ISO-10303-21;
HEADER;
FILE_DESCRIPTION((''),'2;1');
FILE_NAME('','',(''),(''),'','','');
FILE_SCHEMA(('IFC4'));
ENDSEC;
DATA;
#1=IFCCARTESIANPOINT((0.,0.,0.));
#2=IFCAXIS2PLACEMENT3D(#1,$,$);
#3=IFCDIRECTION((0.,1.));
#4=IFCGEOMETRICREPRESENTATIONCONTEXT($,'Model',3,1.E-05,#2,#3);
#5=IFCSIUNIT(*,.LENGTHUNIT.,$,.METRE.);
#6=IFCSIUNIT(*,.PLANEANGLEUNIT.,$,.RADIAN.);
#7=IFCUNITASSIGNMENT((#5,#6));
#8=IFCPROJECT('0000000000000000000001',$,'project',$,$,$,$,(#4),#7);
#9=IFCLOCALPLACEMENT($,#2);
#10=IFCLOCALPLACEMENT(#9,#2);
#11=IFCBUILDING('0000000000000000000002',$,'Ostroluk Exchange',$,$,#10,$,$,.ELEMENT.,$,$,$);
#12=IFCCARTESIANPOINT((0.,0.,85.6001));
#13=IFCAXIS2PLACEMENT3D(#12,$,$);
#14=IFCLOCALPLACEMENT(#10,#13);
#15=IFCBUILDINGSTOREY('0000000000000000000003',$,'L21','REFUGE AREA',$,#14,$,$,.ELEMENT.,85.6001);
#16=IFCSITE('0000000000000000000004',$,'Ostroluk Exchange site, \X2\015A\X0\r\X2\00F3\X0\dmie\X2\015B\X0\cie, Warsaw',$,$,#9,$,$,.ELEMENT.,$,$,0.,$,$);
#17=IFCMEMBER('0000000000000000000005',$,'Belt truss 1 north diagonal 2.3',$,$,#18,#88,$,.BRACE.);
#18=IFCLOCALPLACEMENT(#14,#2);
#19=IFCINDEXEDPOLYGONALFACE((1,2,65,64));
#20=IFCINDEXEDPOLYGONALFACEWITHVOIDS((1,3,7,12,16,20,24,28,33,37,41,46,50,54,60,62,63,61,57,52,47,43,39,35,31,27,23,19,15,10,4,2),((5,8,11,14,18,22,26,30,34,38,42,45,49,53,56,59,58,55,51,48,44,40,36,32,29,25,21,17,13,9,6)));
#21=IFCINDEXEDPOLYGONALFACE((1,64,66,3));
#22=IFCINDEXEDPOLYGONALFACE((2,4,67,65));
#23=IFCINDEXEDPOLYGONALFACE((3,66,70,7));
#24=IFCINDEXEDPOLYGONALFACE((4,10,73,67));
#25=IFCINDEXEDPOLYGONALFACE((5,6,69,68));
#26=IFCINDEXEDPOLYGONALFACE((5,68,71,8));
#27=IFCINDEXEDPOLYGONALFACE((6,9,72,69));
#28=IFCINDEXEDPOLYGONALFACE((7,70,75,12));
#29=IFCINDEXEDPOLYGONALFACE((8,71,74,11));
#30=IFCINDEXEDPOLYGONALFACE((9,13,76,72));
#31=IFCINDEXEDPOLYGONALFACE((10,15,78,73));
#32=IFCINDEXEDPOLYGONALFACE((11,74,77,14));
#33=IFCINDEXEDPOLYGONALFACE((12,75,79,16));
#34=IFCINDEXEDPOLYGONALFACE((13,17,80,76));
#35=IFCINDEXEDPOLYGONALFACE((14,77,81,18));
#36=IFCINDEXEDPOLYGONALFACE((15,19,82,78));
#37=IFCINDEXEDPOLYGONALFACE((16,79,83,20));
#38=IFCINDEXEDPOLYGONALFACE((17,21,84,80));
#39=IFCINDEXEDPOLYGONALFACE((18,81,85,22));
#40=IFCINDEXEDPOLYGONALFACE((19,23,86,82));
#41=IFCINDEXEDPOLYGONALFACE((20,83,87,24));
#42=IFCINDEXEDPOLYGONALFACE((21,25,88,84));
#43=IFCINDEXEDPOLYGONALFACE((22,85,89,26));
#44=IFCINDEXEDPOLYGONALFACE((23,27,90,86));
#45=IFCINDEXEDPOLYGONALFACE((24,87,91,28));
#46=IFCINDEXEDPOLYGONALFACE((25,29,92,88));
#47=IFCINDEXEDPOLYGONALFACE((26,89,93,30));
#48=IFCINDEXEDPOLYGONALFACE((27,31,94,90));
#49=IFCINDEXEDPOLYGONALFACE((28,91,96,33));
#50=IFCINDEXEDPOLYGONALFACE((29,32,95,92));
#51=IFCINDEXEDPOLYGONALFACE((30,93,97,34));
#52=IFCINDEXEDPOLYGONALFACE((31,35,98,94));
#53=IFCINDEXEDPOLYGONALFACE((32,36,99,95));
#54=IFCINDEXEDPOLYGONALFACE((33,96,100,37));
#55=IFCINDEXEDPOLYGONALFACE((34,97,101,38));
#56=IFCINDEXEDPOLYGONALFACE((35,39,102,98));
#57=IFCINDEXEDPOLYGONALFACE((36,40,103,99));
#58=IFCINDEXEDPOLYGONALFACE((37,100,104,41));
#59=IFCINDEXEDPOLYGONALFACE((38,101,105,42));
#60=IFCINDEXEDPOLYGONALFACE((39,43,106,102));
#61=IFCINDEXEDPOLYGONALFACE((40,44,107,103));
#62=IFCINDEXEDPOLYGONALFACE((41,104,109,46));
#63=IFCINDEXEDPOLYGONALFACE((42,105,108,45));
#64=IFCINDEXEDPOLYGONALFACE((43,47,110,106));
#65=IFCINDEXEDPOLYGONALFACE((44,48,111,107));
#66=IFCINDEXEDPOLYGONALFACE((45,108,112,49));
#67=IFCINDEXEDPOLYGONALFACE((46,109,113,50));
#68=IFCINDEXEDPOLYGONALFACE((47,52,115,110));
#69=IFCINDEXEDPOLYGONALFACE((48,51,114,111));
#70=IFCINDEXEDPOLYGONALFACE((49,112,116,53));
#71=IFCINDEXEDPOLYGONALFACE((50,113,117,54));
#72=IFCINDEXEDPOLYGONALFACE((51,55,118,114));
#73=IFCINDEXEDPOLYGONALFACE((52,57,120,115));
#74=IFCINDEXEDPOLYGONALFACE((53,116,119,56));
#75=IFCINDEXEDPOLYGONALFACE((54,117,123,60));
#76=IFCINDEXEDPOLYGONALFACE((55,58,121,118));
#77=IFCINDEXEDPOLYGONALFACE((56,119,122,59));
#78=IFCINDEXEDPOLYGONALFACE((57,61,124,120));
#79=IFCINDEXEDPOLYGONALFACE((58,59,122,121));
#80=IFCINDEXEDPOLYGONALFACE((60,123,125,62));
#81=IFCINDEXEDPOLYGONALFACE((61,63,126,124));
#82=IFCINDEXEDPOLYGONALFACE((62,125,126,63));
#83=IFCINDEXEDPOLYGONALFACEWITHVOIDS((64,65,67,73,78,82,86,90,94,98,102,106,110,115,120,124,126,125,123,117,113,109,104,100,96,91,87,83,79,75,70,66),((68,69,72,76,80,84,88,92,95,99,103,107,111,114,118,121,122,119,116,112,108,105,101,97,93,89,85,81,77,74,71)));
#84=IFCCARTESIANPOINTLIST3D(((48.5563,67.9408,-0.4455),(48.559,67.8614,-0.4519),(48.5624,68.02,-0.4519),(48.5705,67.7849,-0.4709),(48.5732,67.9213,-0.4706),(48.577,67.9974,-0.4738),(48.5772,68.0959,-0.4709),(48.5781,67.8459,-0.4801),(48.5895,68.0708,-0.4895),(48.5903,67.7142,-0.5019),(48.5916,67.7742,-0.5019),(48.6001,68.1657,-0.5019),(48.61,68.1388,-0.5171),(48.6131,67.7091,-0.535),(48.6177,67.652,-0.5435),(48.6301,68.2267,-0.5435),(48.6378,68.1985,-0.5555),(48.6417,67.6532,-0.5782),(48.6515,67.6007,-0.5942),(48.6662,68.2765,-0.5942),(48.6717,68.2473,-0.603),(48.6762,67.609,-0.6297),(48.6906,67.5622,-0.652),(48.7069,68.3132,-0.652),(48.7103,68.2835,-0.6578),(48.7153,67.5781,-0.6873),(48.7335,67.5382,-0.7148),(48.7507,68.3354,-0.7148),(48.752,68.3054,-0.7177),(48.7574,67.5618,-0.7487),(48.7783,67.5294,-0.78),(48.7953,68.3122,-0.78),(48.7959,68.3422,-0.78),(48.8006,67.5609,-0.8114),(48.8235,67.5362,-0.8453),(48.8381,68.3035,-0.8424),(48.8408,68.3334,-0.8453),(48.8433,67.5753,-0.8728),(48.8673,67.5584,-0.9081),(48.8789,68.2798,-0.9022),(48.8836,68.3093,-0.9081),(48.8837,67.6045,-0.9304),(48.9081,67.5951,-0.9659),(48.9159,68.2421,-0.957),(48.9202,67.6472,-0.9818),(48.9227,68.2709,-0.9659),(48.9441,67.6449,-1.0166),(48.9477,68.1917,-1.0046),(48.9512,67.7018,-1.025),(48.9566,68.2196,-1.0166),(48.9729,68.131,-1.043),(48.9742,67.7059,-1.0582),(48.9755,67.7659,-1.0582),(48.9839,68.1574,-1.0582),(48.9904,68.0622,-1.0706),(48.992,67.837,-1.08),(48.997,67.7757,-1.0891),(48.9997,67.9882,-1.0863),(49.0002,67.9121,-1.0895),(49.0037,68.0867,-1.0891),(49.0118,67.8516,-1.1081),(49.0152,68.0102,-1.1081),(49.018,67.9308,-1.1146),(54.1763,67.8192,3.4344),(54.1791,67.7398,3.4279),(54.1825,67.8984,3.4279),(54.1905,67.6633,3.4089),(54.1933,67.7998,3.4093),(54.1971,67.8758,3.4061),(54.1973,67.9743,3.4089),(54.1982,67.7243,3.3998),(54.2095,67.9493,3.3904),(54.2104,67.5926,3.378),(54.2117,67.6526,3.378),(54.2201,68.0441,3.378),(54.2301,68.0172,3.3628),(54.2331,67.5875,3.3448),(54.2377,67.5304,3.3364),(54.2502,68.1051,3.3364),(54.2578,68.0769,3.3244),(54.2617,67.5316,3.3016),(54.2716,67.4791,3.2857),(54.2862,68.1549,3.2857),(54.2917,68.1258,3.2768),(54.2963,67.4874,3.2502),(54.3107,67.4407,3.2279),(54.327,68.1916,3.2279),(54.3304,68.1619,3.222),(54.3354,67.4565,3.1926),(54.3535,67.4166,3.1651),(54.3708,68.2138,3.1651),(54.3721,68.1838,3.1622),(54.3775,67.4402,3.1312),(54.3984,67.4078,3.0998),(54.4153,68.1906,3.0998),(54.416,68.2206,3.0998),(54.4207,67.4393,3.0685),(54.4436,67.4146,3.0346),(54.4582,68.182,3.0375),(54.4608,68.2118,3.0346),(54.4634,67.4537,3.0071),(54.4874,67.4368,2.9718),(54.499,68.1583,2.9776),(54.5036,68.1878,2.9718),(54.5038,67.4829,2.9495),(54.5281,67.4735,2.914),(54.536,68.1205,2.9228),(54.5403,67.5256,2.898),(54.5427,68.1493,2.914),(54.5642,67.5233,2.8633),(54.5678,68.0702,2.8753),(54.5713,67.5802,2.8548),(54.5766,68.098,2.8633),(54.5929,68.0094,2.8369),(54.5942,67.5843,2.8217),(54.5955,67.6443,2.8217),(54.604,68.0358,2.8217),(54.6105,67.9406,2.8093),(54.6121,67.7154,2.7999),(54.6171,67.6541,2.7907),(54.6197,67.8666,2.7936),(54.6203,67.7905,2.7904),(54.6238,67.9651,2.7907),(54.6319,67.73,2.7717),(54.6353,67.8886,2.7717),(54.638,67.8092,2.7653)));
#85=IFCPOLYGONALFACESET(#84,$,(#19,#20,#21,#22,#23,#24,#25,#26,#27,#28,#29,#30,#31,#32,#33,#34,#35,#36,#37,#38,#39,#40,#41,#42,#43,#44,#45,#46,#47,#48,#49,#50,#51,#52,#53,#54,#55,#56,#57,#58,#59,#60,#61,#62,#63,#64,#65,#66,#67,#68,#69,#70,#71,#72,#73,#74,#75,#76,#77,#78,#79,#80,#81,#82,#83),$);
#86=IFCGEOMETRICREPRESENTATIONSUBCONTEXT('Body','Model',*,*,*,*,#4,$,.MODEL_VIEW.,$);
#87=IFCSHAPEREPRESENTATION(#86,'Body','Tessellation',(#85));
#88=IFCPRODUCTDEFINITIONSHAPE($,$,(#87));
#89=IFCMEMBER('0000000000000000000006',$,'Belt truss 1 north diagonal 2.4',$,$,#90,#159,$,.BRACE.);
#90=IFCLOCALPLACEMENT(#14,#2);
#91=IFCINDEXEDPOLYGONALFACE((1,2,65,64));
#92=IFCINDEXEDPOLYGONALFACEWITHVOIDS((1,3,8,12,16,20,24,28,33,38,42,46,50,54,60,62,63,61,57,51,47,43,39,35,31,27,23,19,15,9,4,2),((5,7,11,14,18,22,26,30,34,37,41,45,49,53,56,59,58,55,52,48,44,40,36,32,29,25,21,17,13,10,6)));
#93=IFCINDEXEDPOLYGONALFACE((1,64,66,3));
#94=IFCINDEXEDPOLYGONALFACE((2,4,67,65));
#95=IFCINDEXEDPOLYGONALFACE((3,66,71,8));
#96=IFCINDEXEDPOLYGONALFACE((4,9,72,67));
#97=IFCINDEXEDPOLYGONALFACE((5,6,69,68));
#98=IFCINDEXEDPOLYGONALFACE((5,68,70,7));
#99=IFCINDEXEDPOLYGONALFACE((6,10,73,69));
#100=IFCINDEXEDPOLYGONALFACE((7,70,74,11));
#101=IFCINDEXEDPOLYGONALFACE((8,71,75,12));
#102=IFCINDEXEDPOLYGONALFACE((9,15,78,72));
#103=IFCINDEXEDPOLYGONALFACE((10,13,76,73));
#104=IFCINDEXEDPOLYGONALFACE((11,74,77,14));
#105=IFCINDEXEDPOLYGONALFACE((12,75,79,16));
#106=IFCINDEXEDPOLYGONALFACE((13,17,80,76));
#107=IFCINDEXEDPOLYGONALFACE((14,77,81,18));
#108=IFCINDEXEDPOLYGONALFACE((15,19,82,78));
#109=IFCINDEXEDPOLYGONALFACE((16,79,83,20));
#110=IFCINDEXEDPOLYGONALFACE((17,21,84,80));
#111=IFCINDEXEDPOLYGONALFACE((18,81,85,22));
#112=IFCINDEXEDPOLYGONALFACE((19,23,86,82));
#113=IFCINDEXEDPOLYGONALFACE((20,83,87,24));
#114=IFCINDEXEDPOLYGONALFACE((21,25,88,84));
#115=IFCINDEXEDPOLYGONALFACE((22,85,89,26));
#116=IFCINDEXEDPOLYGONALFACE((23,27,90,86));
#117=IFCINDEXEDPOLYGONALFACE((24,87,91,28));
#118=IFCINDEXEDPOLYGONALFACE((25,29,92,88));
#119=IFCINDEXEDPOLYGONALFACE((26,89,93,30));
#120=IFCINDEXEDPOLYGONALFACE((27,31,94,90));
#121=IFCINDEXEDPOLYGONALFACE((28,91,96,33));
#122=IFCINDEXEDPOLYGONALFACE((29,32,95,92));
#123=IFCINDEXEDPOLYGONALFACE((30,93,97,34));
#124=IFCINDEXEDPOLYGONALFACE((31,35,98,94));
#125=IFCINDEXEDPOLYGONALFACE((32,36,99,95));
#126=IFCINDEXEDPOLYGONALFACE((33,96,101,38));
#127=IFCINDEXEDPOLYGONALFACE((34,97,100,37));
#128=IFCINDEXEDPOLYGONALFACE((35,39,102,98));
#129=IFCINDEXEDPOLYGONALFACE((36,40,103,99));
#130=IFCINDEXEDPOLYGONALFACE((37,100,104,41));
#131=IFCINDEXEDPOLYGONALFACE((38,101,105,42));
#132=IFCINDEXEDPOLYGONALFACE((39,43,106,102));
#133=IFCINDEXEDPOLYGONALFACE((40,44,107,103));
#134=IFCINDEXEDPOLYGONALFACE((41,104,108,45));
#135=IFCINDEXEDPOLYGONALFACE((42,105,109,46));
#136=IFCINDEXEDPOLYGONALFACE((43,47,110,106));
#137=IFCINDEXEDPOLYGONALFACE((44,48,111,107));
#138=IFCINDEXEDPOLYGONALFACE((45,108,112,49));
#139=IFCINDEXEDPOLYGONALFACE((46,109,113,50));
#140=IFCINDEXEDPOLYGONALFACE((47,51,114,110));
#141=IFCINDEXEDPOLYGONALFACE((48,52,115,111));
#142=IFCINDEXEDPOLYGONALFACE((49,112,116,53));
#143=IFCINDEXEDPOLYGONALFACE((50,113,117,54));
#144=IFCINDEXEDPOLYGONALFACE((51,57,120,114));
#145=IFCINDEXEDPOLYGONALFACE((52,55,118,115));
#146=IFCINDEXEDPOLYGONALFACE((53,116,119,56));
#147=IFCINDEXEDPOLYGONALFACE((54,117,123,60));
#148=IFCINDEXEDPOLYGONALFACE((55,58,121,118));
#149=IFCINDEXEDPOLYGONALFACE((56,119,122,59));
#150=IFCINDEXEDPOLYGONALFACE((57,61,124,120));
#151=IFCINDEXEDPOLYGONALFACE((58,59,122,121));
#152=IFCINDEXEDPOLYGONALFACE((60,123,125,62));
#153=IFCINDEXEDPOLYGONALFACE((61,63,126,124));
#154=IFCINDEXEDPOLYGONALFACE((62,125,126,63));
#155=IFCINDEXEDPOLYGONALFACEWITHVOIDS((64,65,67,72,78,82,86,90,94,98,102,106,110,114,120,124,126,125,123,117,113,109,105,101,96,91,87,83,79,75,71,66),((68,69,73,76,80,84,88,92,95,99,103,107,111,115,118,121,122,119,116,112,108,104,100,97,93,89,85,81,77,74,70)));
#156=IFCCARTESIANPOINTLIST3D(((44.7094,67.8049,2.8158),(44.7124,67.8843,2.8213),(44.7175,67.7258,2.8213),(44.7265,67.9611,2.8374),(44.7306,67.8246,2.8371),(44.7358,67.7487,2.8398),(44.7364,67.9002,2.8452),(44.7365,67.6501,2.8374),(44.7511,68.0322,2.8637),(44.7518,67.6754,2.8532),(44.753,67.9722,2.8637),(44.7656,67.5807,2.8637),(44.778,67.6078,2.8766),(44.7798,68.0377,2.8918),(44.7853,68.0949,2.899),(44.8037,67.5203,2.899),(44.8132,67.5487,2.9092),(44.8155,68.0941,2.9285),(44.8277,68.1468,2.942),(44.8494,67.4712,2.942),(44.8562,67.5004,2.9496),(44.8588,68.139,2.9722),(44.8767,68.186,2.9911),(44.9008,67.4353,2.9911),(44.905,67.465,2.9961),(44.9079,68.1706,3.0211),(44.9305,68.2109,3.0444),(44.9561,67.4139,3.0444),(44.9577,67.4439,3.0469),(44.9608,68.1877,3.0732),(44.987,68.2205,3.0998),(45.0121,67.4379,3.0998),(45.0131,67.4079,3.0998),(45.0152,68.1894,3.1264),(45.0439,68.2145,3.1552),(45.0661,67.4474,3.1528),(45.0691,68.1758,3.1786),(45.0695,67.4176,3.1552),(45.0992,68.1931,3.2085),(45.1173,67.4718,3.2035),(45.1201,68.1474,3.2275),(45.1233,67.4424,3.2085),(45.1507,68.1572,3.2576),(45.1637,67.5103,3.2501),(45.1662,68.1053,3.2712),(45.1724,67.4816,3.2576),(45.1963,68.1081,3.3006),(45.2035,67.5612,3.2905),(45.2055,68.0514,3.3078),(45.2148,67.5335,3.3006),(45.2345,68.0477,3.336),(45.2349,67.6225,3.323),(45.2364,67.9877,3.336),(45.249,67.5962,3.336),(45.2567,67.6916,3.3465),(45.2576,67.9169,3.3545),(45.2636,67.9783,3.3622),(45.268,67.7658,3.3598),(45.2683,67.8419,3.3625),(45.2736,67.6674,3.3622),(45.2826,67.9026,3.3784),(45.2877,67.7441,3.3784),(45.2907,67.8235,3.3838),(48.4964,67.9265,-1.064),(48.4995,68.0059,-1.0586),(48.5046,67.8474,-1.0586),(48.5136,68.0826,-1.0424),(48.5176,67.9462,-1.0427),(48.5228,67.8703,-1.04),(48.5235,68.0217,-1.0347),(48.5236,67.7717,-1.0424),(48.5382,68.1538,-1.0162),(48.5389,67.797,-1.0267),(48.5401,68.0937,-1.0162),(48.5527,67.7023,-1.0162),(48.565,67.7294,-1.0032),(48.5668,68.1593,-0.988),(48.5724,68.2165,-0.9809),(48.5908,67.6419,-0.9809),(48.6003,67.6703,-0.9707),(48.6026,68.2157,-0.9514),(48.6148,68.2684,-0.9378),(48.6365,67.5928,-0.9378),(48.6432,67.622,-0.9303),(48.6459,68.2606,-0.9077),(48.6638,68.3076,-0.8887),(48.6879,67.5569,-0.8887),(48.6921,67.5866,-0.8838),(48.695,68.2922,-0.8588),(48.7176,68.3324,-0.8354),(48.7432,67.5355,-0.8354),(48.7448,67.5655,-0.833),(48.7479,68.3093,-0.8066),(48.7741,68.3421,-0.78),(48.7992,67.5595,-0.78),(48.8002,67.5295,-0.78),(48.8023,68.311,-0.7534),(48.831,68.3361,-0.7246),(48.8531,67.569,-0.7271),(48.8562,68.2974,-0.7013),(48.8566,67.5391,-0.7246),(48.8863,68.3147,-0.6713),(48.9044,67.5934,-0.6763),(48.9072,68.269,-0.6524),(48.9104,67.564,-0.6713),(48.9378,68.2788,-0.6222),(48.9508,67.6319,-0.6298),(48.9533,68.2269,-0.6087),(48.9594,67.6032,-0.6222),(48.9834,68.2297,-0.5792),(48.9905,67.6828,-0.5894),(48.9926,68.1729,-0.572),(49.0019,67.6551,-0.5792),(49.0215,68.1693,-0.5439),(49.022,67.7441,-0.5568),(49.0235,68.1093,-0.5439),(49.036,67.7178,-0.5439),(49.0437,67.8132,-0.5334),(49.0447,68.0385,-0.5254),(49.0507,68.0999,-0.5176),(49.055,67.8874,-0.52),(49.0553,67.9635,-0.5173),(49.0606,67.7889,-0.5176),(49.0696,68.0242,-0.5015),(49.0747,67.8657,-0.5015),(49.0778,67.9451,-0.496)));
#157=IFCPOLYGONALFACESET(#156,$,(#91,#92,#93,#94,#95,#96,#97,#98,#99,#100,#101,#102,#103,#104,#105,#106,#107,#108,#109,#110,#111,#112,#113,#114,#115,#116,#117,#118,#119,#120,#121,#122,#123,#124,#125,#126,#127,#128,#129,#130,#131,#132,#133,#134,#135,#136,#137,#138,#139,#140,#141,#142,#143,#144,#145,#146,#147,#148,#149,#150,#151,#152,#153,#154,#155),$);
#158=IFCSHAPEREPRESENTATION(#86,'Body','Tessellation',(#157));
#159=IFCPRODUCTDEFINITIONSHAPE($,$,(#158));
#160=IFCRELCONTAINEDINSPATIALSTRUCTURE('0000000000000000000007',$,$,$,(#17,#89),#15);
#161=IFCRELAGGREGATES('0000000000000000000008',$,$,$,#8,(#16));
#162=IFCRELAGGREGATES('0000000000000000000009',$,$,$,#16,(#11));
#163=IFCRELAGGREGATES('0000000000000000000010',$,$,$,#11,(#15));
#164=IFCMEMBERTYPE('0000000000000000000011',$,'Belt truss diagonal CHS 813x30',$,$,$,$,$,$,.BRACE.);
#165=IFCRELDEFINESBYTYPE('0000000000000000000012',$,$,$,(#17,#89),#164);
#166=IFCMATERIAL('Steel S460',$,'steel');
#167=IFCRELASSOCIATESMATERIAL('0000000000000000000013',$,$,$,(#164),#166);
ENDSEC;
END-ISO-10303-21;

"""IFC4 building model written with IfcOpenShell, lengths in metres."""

from ifc_helpers import new_model, si_unit, direction, frame, origin, origin_2d, place, context, subcontext, project, spatial, hollow_circle, extrude, material, material_profile, profile_set, type_object, element, save


model = new_model("IFC4")

# Units and contexts
model_context = context("Model", 3, precision=1e-05, world=origin(), true_north=direction((0.0, 1.0)))
body_context = subcontext(model_context, "Body", "Model", "MODEL_VIEW")
ifc_project = project(units=[si_unit("LENGTHUNIT", "METRE"), si_unit("PLANEANGLEUNIT", "RADIAN")], contexts=[model_context])

# Site, building, storey
site_placement = place(None, origin())
site = spatial("IfcSite", under=ifc_project, at=site_placement, Name="Ostroluk Exchange site, Śródmieście, Warsaw", CompositionType="ELEMENT", RefElevation=0.0)
building_placement = place(site_placement, origin())
building = spatial("IfcBuilding", under=site, at=building_placement, Name="Ostroluk Exchange", CompositionType="ELEMENT")
storey_placement = place(building_placement, frame((0.0, 0.0, 85.6001)))
storey = spatial("IfcBuildingStorey", under=building, at=storey_placement, Name="L21", Description="REFUGE AREA", CompositionType="ELEMENT", Elevation=85.6001)

# Members
ifc_material_1 = material(Name="Steel S460", Category="steel")
ifc_material_profile_1 = material_profile(ifc_material_1, hollow_circle(Radius=0.4065, WallThickness=0.03, at=origin_2d()), Name="CHS 813x30")
ifc_profile_set_1 = profile_set([ifc_material_profile_1], Name="Steel S460")
member_type_1 = type_object("IfcMemberType", Name="Belt truss diagonal CHS 813x30", PredefinedType="BRACE", material=ifc_profile_set_1)
member_1_placement = place(storey_placement, frame((48.7871, 67.9358, -0.78), z_axis=(0.822813, -0.0178, 0.568034), x_axis=(0.021628, 0.999766, 0.0)))
element("IfcMember", 1, at=member_1_placement, inside=storey, type_object=member_type_1, Name="Belt truss 1 north diagonal 2.3", PredefinedType="BRACE", context=body_context, shape_type="SweptSolid", body=[
    extrude(hollow_circle(Radius=0.4065, WallThickness=0.03, at=origin_2d()), origin(), (0.0, 0.0, 1.0), 6.8303),
])
member_2_placement = place(storey_placement, frame((48.7871, 67.9358, -0.78), z_axis=(-0.698324, -0.022419, 0.715431), x_axis=(0.032088, -0.999485, 0.0)))
element("IfcMember", 2, at=member_2_placement, inside=storey, type_object=member_type_1, Name="Belt truss 1 north diagonal 2.4", PredefinedType="BRACE", context=body_context, shape_type="SweptSolid", body=[
    extrude(hollow_circle(Radius=0.4065, WallThickness=0.03, at=origin_2d()), origin(), (0.0, 0.0, 1.0), 5.4231),
])

save(model, "model.ifc")
